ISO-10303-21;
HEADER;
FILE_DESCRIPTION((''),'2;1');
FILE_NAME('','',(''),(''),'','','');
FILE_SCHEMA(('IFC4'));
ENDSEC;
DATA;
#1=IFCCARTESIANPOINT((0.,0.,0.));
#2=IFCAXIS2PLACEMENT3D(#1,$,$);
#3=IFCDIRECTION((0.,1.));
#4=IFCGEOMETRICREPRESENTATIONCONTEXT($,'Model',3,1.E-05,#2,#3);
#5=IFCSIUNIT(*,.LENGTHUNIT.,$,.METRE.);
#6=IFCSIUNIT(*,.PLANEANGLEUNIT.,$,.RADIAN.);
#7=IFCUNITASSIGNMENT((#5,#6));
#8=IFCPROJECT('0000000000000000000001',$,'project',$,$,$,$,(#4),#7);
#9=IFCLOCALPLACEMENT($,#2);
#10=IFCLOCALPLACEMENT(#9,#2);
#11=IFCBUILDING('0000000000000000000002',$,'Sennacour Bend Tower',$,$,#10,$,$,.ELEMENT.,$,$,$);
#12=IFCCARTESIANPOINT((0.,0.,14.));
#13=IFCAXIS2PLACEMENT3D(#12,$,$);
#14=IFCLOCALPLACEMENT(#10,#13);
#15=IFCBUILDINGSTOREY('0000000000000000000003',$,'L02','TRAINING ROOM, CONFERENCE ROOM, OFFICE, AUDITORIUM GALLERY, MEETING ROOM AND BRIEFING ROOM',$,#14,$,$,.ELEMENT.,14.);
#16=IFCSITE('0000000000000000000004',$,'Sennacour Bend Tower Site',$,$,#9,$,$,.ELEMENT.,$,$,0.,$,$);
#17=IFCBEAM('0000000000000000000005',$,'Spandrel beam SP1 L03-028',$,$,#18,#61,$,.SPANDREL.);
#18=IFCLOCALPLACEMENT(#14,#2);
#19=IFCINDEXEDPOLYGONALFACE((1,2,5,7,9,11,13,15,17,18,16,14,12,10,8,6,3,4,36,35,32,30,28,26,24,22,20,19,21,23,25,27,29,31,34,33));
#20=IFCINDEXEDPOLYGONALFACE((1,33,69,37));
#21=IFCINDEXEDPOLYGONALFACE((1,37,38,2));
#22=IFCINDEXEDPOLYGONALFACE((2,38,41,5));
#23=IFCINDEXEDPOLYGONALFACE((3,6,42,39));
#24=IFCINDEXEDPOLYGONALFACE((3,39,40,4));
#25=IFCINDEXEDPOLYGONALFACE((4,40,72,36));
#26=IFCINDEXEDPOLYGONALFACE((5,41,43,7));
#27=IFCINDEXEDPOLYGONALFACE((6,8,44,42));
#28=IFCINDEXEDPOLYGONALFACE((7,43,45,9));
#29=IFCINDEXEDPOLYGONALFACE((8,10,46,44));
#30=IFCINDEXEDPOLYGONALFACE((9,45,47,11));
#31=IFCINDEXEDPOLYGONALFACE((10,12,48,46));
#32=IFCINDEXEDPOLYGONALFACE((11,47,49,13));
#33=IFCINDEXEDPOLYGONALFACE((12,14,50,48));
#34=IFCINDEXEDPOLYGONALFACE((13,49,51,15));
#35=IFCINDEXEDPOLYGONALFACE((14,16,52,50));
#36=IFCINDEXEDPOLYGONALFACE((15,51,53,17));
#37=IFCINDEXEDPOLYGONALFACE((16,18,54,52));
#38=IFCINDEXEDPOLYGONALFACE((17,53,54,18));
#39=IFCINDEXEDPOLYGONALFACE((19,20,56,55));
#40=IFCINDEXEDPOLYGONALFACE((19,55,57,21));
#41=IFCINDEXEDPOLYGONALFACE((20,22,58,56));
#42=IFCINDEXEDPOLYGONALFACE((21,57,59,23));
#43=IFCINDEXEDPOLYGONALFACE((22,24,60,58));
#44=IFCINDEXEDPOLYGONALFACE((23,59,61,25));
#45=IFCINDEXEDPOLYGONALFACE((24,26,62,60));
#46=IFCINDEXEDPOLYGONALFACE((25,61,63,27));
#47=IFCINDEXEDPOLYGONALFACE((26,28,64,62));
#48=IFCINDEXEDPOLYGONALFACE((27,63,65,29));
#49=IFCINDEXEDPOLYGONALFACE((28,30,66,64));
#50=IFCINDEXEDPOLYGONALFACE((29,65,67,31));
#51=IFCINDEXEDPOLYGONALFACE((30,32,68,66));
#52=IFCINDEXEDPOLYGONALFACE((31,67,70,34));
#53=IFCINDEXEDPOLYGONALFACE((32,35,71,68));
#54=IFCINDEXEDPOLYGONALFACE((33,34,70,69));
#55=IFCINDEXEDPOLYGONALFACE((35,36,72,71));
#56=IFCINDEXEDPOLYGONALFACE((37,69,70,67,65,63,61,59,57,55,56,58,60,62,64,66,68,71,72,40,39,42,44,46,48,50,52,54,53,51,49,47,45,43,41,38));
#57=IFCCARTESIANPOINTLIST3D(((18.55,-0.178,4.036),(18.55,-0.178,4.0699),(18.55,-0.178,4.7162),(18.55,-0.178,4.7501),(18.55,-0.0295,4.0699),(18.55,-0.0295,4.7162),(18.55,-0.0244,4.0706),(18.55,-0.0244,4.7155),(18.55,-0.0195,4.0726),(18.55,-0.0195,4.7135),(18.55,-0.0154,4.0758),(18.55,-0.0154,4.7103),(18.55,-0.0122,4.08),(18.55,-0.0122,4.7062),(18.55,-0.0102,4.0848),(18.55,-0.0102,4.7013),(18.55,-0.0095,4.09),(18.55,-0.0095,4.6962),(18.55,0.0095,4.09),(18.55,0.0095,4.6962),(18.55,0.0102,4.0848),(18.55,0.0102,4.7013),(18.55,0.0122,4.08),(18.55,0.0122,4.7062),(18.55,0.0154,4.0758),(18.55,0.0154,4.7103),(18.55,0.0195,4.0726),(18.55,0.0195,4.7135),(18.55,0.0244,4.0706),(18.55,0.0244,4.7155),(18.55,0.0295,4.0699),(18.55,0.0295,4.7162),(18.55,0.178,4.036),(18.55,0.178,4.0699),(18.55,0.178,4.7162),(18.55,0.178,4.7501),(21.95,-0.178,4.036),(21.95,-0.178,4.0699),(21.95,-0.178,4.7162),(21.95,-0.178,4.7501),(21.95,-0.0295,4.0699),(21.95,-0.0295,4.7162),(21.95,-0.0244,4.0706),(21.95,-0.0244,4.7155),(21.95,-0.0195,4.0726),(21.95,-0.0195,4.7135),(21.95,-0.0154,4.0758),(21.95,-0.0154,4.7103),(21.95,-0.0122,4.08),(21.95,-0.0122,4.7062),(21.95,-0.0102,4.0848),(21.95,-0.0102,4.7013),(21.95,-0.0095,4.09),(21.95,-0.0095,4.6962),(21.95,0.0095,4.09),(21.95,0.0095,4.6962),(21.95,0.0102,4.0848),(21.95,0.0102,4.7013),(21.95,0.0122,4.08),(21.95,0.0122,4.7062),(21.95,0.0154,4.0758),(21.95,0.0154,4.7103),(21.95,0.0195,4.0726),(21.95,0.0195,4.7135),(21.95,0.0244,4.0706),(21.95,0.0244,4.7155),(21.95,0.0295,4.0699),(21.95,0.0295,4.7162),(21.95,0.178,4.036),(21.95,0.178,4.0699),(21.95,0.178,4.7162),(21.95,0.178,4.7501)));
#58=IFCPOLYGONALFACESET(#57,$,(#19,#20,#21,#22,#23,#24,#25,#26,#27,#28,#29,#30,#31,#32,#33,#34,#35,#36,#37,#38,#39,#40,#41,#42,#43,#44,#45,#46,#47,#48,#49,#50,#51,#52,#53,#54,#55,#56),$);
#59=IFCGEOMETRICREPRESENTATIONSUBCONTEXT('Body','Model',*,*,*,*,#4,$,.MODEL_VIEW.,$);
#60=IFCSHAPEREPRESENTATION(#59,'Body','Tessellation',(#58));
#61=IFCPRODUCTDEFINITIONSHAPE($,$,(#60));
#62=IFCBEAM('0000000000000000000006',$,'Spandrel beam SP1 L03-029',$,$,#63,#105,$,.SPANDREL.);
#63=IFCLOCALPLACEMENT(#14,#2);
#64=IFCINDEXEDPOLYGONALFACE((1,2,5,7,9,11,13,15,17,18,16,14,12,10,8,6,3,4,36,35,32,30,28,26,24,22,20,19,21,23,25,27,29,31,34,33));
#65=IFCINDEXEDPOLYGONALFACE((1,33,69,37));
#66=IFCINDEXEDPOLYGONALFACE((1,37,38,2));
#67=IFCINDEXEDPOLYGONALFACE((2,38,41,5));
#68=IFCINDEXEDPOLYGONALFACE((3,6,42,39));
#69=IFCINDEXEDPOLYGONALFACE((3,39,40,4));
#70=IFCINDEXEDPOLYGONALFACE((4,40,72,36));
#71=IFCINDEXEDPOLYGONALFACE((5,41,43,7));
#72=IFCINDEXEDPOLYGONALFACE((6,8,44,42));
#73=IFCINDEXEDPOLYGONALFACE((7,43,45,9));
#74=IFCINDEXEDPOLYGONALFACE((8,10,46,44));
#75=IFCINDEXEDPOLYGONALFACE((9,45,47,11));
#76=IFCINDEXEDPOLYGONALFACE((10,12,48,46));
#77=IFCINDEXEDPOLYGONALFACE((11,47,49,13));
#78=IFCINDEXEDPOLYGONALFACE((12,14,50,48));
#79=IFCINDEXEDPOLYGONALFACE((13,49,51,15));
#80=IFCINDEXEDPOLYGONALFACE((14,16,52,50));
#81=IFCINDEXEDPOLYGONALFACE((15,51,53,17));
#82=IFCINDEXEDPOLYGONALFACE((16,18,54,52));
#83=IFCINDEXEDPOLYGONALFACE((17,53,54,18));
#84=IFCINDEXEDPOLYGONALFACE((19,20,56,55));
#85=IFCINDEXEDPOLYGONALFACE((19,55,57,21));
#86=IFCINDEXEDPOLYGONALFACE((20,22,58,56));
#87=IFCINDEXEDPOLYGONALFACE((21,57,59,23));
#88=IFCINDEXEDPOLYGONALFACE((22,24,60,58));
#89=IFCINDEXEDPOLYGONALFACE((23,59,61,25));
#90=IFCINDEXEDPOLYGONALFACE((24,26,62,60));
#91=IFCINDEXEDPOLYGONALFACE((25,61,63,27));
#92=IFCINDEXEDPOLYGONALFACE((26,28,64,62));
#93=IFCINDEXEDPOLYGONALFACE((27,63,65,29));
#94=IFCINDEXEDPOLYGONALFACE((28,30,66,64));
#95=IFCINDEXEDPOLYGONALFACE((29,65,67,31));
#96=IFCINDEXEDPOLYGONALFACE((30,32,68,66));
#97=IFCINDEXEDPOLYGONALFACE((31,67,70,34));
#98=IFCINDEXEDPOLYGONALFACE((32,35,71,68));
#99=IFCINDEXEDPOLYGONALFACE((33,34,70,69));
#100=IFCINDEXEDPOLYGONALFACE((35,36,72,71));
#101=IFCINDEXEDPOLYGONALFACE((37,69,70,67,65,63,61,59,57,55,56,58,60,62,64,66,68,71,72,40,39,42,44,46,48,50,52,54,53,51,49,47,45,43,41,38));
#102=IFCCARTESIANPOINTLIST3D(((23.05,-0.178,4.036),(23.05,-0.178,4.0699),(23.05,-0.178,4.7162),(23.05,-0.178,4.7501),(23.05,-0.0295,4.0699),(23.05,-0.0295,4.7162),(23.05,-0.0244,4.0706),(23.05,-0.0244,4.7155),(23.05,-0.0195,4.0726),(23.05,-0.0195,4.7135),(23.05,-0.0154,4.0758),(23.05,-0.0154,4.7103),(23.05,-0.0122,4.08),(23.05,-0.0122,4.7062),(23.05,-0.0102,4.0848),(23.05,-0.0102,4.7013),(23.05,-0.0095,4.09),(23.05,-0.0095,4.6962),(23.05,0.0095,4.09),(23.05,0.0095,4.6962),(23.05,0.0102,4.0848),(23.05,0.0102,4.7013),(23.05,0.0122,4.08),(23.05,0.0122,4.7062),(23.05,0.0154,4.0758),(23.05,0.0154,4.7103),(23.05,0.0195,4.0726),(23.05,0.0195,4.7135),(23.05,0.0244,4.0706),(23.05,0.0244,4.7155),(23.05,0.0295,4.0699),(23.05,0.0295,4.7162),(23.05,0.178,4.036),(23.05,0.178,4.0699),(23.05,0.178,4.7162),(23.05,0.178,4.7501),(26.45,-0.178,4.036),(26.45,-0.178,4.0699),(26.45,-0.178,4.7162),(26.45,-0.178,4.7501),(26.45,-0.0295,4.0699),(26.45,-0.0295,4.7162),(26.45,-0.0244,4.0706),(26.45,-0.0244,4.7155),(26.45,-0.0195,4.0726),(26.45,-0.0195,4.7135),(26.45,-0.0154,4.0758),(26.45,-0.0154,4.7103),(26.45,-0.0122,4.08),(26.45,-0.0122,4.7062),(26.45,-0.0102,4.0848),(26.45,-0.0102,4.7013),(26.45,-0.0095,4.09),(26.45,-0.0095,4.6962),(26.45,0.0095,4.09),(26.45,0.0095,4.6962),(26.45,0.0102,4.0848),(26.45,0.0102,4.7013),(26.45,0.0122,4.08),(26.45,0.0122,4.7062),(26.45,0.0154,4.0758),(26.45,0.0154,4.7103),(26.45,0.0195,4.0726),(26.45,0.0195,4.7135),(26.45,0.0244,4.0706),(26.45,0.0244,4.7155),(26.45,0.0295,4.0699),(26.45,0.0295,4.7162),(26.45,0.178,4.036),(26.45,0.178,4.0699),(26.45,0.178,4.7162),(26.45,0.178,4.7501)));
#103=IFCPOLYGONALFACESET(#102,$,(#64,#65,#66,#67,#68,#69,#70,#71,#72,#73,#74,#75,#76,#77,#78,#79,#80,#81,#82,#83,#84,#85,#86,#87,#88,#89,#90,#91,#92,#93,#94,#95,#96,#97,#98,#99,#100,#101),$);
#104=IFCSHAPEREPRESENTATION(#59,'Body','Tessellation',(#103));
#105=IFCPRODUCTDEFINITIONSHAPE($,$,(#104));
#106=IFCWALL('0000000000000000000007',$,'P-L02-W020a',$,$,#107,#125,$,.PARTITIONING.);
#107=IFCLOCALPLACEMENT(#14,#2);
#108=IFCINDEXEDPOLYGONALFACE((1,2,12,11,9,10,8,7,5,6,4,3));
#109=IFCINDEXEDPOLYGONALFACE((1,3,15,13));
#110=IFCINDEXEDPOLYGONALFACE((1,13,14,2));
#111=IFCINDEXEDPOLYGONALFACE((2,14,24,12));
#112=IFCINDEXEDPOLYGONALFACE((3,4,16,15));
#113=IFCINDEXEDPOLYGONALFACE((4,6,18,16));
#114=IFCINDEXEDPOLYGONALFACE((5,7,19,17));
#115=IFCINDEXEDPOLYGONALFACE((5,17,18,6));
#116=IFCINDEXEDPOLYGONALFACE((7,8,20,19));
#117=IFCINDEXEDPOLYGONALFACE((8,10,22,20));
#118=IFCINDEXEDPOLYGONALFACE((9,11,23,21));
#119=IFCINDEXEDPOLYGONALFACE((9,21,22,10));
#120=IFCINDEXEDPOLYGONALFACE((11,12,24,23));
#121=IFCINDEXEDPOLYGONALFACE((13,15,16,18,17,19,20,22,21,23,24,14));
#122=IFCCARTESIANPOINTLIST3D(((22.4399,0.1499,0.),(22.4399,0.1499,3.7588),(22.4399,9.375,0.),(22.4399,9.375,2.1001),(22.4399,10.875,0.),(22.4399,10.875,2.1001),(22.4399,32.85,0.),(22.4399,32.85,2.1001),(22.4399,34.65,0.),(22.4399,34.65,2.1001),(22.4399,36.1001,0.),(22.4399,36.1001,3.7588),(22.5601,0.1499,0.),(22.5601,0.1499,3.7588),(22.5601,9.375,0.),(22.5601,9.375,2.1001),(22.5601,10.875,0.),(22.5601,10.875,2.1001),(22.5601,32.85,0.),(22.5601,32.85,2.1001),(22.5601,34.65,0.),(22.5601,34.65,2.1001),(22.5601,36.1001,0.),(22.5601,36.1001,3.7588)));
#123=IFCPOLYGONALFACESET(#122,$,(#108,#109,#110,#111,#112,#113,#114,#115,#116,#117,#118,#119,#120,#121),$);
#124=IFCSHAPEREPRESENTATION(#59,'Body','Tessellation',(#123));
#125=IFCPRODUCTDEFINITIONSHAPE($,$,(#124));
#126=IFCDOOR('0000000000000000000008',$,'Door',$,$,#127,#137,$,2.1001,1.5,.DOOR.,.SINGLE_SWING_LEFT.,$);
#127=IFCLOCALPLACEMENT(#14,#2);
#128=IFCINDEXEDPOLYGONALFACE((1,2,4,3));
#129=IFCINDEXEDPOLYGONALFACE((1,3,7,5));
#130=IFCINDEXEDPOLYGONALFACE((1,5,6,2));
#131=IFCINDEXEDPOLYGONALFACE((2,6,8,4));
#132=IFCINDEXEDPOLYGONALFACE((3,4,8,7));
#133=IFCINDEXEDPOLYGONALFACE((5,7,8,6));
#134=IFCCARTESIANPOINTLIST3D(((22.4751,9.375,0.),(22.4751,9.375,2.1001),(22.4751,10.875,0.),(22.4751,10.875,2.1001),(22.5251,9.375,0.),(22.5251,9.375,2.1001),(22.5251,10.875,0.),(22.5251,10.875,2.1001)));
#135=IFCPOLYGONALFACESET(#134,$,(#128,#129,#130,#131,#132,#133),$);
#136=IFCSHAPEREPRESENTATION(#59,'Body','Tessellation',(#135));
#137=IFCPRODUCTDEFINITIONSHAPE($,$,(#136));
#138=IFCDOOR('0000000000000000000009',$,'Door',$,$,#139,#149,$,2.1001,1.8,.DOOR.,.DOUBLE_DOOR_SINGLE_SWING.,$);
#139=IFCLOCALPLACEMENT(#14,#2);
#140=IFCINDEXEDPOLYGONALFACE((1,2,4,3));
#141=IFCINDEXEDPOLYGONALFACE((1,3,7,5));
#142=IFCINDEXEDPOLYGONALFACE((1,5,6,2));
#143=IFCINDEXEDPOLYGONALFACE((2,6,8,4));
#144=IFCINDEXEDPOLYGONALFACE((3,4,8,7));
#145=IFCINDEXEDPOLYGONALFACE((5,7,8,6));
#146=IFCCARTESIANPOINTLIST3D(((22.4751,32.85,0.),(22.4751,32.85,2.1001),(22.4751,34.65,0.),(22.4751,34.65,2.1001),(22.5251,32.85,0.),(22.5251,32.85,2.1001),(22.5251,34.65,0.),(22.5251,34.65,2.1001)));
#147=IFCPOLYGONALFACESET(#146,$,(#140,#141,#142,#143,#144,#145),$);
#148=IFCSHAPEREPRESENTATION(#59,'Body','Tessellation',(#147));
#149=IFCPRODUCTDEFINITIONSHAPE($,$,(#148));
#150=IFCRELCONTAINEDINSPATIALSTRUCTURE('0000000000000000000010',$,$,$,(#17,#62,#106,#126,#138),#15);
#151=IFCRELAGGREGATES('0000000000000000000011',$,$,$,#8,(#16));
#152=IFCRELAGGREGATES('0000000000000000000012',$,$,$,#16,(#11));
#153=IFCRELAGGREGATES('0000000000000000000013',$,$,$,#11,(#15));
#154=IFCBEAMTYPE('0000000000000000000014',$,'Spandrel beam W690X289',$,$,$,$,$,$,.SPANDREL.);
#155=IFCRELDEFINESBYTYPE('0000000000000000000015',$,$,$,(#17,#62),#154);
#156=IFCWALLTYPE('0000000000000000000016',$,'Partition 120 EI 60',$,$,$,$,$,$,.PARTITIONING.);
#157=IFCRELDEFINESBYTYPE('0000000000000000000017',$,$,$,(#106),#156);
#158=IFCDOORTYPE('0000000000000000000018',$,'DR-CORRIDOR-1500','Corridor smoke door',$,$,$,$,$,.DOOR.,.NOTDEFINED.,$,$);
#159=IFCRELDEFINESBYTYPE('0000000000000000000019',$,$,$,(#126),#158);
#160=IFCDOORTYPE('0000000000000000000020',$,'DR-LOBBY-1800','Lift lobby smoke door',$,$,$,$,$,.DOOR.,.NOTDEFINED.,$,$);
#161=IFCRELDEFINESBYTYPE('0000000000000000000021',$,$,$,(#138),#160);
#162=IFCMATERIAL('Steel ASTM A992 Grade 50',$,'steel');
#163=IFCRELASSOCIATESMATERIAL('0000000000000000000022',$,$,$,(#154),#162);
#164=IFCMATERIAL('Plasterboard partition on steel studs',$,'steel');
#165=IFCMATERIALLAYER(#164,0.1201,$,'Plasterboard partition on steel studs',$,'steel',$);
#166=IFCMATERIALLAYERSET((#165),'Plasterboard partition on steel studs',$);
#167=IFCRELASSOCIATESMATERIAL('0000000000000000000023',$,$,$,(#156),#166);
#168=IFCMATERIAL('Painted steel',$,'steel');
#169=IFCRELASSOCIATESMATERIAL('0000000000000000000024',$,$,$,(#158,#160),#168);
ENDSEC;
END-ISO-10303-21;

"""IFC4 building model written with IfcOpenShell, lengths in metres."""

from ifc_helpers import new_model, si_unit, direction, frame, frame_2d, origin, origin_2d, place, context, subcontext, project, spatial, rectangle, i_section, extrude, material, layer, layer_set, material_profile, profile_set, type_object, element, fill, save


model = new_model("IFC4")

# Units and contexts
model_context = context("Model", 3, precision=1e-05, world=origin(), true_north=direction((0.0, 1.0)))
body_context = subcontext(model_context, "Body", "Model", "MODEL_VIEW")
ifc_project = project(units=[si_unit("LENGTHUNIT", "METRE"), si_unit("PLANEANGLEUNIT", "RADIAN")], contexts=[model_context])

# Site, building, storey
site_placement = place(None, origin())
site = spatial("IfcSite", under=ifc_project, at=site_placement, Name="Sennacour Bend Tower Site", CompositionType="ELEMENT", RefElevation=0.0)
building_placement = place(site_placement, origin())
building = spatial("IfcBuilding", under=site, at=building_placement, Name="Sennacour Bend Tower", CompositionType="ELEMENT")
storey_placement = place(building_placement, frame((0.0, 0.0, 14.0)))
storey = spatial("IfcBuildingStorey", under=building, at=storey_placement, Name="L02", Description="TRAINING ROOM, CONFERENCE ROOM, OFFICE, AUDITORIUM GALLERY, MEETING ROOM AND BRIEFING ROOM", CompositionType="ELEMENT", Elevation=14.0)

# Beams
ifc_material_1 = material(Name="Steel ASTM A992 Grade 50", Category="steel")
ifc_material_profile_1 = material_profile(ifc_material_1, i_section(OverallWidth=0.356, OverallDepth=0.7141, WebThickness=0.019, FlangeThickness=0.0339, FilletRadius=0.02, at=origin_2d()), Name="Steel ASTM A992 Grade 50", Category="steel")
ifc_profile_set_1 = profile_set([ifc_material_profile_1], Name="Steel ASTM A992 Grade 50")
beam_type_1 = type_object("IfcBeamType", Name="Spandrel beam W690X289", PredefinedType="SPANDREL", material=ifc_profile_set_1)
for number, where, z_axis, x_axis, name in (
    (1, (18.55, 0.0, 4.3931), (1.0, 0.0, 0.0), (0.0, 1.0, 0.0), "Spandrel beam SP1 L03-028"),
    (2, (23.05, 0.0, 4.3931), (1.0, 0.0, 0.0), (0.0, 1.0, 0.0), "Spandrel beam SP1 L03-029"),
):
    element("IfcBeam", number, at=place(storey_placement, frame(where, z_axis=z_axis, x_axis=x_axis)), inside=storey, type_object=beam_type_1, Name=name, PredefinedType="SPANDREL", context=body_context, shape_type="SweptSolid", body=[
        extrude(i_section(OverallWidth=0.356, OverallDepth=0.7141, WebThickness=0.019, FlangeThickness=0.0339, FilletRadius=0.02, at=origin_2d()), origin(), (0.0, 0.0, 1.0), 3.3999),
    ])

# Wall, openings, doors
ifc_material_2 = material(Name="Plasterboard partition on steel studs", Category="steel")
ifc_layer_1 = layer(ifc_material_2, 0.1201, Name="Plasterboard partition on steel studs", Category="steel")
ifc_layer_set_1 = layer_set([ifc_layer_1], Name="Plasterboard partition on steel studs")
wall_type_1 = type_object("IfcWallType", Name="Partition 120 EI 60", PredefinedType="PARTITIONING", material=ifc_layer_set_1)
wall_1_placement = place(storey_placement, frame((22.5, 0.1499, 0.0), z_axis=(0.0, 0.0, 1.0), x_axis=(0.0, 1.0, 0.0)))
wall_1 = element("IfcWall", 3, at=wall_1_placement, inside=storey, type_object=wall_type_1, Name="P-L02-W020a", PredefinedType="PARTITIONING", context=body_context, shape_type="SweptSolid", body=[
    extrude(rectangle(XDim=35.9502, YDim=0.1201, at=frame_2d((17.9751, 0.0))), origin(), (0.0, 0.0, 1.0), 3.7588),
])
opening_1_placement = place(wall_1_placement, frame((9.2251, 0.0, 0.0)))
opening_1 = element("IfcOpeningElement", 4, at=opening_1_placement, cuts=wall_1, PredefinedType="OPENING", context=body_context, shape_type="SweptSolid", body=[
    extrude(rectangle(XDim=1.5, YDim=2.1001, at=frame_2d((0.75, 1.05))), frame((0.0, 0.0701, 0.0), z_axis=(0.0, -1.0, 0.0), x_axis=(1.0, 0.0, 0.0)), (0.0, 0.0, 1.0), 0.1401),
])
opening_2_placement = place(wall_1_placement, frame((32.7002, 0.0, 0.0)))
opening_2 = element("IfcOpeningElement", 5, at=opening_2_placement, cuts=wall_1, PredefinedType="OPENING", context=body_context, shape_type="SweptSolid", body=[
    extrude(rectangle(XDim=1.8, YDim=2.1001, at=frame_2d((0.8999, 1.05))), frame((0.0, 0.0701, 0.0), z_axis=(0.0, -1.0, 0.0), x_axis=(1.0, 0.0, 0.0)), (0.0, 0.0, 1.0), 0.1401),
])
ifc_material_3 = material(Name="Painted steel", Category="steel")
door_type_1 = type_object("IfcDoorType", Name="DR-CORRIDOR-1500", Description="Corridor smoke door", OperationType="NOTDEFINED", PredefinedType="DOOR", material=ifc_material_3)
door_1_placement = place(opening_1_placement, origin())
door_1 = element("IfcDoor", 6, at=door_1_placement, inside=storey, type_object=door_type_1, Name="Door", OperationType="SINGLE_SWING_LEFT", OverallHeight=2.1001, OverallWidth=1.5, PredefinedType="DOOR", context=body_context, shape_type="SweptSolid", body=[
    extrude(rectangle(XDim=1.5, YDim=2.1001, at=frame_2d((0.75, 1.05))), frame((0.0, 0.0249, 0.0), z_axis=(0.0, -1.0, 0.0), x_axis=(1.0, 0.0, 0.0)), (0.0, 0.0, 1.0), 0.05),
])
fill(opening_1, door_1)
door_type_2 = type_object("IfcDoorType", Name="DR-LOBBY-1800", Description="Lift lobby smoke door", OperationType="NOTDEFINED", PredefinedType="DOOR", material=ifc_material_3)
door_2_placement = place(opening_2_placement, origin())
door_2 = element("IfcDoor", 7, at=door_2_placement, inside=storey, type_object=door_type_2, Name="Door", OperationType="DOUBLE_DOOR_SINGLE_SWING", OverallHeight=2.1001, OverallWidth=1.8, PredefinedType="DOOR", context=body_context, shape_type="SweptSolid", body=[
    extrude(rectangle(XDim=1.8, YDim=2.1001, at=frame_2d((0.8999, 1.05))), frame((0.0, 0.0249, 0.0), z_axis=(0.0, -1.0, 0.0), x_axis=(1.0, 0.0, 0.0)), (0.0, 0.0, 1.0), 0.05),
])
fill(opening_2, door_2)

save(model, "model.ifc")
